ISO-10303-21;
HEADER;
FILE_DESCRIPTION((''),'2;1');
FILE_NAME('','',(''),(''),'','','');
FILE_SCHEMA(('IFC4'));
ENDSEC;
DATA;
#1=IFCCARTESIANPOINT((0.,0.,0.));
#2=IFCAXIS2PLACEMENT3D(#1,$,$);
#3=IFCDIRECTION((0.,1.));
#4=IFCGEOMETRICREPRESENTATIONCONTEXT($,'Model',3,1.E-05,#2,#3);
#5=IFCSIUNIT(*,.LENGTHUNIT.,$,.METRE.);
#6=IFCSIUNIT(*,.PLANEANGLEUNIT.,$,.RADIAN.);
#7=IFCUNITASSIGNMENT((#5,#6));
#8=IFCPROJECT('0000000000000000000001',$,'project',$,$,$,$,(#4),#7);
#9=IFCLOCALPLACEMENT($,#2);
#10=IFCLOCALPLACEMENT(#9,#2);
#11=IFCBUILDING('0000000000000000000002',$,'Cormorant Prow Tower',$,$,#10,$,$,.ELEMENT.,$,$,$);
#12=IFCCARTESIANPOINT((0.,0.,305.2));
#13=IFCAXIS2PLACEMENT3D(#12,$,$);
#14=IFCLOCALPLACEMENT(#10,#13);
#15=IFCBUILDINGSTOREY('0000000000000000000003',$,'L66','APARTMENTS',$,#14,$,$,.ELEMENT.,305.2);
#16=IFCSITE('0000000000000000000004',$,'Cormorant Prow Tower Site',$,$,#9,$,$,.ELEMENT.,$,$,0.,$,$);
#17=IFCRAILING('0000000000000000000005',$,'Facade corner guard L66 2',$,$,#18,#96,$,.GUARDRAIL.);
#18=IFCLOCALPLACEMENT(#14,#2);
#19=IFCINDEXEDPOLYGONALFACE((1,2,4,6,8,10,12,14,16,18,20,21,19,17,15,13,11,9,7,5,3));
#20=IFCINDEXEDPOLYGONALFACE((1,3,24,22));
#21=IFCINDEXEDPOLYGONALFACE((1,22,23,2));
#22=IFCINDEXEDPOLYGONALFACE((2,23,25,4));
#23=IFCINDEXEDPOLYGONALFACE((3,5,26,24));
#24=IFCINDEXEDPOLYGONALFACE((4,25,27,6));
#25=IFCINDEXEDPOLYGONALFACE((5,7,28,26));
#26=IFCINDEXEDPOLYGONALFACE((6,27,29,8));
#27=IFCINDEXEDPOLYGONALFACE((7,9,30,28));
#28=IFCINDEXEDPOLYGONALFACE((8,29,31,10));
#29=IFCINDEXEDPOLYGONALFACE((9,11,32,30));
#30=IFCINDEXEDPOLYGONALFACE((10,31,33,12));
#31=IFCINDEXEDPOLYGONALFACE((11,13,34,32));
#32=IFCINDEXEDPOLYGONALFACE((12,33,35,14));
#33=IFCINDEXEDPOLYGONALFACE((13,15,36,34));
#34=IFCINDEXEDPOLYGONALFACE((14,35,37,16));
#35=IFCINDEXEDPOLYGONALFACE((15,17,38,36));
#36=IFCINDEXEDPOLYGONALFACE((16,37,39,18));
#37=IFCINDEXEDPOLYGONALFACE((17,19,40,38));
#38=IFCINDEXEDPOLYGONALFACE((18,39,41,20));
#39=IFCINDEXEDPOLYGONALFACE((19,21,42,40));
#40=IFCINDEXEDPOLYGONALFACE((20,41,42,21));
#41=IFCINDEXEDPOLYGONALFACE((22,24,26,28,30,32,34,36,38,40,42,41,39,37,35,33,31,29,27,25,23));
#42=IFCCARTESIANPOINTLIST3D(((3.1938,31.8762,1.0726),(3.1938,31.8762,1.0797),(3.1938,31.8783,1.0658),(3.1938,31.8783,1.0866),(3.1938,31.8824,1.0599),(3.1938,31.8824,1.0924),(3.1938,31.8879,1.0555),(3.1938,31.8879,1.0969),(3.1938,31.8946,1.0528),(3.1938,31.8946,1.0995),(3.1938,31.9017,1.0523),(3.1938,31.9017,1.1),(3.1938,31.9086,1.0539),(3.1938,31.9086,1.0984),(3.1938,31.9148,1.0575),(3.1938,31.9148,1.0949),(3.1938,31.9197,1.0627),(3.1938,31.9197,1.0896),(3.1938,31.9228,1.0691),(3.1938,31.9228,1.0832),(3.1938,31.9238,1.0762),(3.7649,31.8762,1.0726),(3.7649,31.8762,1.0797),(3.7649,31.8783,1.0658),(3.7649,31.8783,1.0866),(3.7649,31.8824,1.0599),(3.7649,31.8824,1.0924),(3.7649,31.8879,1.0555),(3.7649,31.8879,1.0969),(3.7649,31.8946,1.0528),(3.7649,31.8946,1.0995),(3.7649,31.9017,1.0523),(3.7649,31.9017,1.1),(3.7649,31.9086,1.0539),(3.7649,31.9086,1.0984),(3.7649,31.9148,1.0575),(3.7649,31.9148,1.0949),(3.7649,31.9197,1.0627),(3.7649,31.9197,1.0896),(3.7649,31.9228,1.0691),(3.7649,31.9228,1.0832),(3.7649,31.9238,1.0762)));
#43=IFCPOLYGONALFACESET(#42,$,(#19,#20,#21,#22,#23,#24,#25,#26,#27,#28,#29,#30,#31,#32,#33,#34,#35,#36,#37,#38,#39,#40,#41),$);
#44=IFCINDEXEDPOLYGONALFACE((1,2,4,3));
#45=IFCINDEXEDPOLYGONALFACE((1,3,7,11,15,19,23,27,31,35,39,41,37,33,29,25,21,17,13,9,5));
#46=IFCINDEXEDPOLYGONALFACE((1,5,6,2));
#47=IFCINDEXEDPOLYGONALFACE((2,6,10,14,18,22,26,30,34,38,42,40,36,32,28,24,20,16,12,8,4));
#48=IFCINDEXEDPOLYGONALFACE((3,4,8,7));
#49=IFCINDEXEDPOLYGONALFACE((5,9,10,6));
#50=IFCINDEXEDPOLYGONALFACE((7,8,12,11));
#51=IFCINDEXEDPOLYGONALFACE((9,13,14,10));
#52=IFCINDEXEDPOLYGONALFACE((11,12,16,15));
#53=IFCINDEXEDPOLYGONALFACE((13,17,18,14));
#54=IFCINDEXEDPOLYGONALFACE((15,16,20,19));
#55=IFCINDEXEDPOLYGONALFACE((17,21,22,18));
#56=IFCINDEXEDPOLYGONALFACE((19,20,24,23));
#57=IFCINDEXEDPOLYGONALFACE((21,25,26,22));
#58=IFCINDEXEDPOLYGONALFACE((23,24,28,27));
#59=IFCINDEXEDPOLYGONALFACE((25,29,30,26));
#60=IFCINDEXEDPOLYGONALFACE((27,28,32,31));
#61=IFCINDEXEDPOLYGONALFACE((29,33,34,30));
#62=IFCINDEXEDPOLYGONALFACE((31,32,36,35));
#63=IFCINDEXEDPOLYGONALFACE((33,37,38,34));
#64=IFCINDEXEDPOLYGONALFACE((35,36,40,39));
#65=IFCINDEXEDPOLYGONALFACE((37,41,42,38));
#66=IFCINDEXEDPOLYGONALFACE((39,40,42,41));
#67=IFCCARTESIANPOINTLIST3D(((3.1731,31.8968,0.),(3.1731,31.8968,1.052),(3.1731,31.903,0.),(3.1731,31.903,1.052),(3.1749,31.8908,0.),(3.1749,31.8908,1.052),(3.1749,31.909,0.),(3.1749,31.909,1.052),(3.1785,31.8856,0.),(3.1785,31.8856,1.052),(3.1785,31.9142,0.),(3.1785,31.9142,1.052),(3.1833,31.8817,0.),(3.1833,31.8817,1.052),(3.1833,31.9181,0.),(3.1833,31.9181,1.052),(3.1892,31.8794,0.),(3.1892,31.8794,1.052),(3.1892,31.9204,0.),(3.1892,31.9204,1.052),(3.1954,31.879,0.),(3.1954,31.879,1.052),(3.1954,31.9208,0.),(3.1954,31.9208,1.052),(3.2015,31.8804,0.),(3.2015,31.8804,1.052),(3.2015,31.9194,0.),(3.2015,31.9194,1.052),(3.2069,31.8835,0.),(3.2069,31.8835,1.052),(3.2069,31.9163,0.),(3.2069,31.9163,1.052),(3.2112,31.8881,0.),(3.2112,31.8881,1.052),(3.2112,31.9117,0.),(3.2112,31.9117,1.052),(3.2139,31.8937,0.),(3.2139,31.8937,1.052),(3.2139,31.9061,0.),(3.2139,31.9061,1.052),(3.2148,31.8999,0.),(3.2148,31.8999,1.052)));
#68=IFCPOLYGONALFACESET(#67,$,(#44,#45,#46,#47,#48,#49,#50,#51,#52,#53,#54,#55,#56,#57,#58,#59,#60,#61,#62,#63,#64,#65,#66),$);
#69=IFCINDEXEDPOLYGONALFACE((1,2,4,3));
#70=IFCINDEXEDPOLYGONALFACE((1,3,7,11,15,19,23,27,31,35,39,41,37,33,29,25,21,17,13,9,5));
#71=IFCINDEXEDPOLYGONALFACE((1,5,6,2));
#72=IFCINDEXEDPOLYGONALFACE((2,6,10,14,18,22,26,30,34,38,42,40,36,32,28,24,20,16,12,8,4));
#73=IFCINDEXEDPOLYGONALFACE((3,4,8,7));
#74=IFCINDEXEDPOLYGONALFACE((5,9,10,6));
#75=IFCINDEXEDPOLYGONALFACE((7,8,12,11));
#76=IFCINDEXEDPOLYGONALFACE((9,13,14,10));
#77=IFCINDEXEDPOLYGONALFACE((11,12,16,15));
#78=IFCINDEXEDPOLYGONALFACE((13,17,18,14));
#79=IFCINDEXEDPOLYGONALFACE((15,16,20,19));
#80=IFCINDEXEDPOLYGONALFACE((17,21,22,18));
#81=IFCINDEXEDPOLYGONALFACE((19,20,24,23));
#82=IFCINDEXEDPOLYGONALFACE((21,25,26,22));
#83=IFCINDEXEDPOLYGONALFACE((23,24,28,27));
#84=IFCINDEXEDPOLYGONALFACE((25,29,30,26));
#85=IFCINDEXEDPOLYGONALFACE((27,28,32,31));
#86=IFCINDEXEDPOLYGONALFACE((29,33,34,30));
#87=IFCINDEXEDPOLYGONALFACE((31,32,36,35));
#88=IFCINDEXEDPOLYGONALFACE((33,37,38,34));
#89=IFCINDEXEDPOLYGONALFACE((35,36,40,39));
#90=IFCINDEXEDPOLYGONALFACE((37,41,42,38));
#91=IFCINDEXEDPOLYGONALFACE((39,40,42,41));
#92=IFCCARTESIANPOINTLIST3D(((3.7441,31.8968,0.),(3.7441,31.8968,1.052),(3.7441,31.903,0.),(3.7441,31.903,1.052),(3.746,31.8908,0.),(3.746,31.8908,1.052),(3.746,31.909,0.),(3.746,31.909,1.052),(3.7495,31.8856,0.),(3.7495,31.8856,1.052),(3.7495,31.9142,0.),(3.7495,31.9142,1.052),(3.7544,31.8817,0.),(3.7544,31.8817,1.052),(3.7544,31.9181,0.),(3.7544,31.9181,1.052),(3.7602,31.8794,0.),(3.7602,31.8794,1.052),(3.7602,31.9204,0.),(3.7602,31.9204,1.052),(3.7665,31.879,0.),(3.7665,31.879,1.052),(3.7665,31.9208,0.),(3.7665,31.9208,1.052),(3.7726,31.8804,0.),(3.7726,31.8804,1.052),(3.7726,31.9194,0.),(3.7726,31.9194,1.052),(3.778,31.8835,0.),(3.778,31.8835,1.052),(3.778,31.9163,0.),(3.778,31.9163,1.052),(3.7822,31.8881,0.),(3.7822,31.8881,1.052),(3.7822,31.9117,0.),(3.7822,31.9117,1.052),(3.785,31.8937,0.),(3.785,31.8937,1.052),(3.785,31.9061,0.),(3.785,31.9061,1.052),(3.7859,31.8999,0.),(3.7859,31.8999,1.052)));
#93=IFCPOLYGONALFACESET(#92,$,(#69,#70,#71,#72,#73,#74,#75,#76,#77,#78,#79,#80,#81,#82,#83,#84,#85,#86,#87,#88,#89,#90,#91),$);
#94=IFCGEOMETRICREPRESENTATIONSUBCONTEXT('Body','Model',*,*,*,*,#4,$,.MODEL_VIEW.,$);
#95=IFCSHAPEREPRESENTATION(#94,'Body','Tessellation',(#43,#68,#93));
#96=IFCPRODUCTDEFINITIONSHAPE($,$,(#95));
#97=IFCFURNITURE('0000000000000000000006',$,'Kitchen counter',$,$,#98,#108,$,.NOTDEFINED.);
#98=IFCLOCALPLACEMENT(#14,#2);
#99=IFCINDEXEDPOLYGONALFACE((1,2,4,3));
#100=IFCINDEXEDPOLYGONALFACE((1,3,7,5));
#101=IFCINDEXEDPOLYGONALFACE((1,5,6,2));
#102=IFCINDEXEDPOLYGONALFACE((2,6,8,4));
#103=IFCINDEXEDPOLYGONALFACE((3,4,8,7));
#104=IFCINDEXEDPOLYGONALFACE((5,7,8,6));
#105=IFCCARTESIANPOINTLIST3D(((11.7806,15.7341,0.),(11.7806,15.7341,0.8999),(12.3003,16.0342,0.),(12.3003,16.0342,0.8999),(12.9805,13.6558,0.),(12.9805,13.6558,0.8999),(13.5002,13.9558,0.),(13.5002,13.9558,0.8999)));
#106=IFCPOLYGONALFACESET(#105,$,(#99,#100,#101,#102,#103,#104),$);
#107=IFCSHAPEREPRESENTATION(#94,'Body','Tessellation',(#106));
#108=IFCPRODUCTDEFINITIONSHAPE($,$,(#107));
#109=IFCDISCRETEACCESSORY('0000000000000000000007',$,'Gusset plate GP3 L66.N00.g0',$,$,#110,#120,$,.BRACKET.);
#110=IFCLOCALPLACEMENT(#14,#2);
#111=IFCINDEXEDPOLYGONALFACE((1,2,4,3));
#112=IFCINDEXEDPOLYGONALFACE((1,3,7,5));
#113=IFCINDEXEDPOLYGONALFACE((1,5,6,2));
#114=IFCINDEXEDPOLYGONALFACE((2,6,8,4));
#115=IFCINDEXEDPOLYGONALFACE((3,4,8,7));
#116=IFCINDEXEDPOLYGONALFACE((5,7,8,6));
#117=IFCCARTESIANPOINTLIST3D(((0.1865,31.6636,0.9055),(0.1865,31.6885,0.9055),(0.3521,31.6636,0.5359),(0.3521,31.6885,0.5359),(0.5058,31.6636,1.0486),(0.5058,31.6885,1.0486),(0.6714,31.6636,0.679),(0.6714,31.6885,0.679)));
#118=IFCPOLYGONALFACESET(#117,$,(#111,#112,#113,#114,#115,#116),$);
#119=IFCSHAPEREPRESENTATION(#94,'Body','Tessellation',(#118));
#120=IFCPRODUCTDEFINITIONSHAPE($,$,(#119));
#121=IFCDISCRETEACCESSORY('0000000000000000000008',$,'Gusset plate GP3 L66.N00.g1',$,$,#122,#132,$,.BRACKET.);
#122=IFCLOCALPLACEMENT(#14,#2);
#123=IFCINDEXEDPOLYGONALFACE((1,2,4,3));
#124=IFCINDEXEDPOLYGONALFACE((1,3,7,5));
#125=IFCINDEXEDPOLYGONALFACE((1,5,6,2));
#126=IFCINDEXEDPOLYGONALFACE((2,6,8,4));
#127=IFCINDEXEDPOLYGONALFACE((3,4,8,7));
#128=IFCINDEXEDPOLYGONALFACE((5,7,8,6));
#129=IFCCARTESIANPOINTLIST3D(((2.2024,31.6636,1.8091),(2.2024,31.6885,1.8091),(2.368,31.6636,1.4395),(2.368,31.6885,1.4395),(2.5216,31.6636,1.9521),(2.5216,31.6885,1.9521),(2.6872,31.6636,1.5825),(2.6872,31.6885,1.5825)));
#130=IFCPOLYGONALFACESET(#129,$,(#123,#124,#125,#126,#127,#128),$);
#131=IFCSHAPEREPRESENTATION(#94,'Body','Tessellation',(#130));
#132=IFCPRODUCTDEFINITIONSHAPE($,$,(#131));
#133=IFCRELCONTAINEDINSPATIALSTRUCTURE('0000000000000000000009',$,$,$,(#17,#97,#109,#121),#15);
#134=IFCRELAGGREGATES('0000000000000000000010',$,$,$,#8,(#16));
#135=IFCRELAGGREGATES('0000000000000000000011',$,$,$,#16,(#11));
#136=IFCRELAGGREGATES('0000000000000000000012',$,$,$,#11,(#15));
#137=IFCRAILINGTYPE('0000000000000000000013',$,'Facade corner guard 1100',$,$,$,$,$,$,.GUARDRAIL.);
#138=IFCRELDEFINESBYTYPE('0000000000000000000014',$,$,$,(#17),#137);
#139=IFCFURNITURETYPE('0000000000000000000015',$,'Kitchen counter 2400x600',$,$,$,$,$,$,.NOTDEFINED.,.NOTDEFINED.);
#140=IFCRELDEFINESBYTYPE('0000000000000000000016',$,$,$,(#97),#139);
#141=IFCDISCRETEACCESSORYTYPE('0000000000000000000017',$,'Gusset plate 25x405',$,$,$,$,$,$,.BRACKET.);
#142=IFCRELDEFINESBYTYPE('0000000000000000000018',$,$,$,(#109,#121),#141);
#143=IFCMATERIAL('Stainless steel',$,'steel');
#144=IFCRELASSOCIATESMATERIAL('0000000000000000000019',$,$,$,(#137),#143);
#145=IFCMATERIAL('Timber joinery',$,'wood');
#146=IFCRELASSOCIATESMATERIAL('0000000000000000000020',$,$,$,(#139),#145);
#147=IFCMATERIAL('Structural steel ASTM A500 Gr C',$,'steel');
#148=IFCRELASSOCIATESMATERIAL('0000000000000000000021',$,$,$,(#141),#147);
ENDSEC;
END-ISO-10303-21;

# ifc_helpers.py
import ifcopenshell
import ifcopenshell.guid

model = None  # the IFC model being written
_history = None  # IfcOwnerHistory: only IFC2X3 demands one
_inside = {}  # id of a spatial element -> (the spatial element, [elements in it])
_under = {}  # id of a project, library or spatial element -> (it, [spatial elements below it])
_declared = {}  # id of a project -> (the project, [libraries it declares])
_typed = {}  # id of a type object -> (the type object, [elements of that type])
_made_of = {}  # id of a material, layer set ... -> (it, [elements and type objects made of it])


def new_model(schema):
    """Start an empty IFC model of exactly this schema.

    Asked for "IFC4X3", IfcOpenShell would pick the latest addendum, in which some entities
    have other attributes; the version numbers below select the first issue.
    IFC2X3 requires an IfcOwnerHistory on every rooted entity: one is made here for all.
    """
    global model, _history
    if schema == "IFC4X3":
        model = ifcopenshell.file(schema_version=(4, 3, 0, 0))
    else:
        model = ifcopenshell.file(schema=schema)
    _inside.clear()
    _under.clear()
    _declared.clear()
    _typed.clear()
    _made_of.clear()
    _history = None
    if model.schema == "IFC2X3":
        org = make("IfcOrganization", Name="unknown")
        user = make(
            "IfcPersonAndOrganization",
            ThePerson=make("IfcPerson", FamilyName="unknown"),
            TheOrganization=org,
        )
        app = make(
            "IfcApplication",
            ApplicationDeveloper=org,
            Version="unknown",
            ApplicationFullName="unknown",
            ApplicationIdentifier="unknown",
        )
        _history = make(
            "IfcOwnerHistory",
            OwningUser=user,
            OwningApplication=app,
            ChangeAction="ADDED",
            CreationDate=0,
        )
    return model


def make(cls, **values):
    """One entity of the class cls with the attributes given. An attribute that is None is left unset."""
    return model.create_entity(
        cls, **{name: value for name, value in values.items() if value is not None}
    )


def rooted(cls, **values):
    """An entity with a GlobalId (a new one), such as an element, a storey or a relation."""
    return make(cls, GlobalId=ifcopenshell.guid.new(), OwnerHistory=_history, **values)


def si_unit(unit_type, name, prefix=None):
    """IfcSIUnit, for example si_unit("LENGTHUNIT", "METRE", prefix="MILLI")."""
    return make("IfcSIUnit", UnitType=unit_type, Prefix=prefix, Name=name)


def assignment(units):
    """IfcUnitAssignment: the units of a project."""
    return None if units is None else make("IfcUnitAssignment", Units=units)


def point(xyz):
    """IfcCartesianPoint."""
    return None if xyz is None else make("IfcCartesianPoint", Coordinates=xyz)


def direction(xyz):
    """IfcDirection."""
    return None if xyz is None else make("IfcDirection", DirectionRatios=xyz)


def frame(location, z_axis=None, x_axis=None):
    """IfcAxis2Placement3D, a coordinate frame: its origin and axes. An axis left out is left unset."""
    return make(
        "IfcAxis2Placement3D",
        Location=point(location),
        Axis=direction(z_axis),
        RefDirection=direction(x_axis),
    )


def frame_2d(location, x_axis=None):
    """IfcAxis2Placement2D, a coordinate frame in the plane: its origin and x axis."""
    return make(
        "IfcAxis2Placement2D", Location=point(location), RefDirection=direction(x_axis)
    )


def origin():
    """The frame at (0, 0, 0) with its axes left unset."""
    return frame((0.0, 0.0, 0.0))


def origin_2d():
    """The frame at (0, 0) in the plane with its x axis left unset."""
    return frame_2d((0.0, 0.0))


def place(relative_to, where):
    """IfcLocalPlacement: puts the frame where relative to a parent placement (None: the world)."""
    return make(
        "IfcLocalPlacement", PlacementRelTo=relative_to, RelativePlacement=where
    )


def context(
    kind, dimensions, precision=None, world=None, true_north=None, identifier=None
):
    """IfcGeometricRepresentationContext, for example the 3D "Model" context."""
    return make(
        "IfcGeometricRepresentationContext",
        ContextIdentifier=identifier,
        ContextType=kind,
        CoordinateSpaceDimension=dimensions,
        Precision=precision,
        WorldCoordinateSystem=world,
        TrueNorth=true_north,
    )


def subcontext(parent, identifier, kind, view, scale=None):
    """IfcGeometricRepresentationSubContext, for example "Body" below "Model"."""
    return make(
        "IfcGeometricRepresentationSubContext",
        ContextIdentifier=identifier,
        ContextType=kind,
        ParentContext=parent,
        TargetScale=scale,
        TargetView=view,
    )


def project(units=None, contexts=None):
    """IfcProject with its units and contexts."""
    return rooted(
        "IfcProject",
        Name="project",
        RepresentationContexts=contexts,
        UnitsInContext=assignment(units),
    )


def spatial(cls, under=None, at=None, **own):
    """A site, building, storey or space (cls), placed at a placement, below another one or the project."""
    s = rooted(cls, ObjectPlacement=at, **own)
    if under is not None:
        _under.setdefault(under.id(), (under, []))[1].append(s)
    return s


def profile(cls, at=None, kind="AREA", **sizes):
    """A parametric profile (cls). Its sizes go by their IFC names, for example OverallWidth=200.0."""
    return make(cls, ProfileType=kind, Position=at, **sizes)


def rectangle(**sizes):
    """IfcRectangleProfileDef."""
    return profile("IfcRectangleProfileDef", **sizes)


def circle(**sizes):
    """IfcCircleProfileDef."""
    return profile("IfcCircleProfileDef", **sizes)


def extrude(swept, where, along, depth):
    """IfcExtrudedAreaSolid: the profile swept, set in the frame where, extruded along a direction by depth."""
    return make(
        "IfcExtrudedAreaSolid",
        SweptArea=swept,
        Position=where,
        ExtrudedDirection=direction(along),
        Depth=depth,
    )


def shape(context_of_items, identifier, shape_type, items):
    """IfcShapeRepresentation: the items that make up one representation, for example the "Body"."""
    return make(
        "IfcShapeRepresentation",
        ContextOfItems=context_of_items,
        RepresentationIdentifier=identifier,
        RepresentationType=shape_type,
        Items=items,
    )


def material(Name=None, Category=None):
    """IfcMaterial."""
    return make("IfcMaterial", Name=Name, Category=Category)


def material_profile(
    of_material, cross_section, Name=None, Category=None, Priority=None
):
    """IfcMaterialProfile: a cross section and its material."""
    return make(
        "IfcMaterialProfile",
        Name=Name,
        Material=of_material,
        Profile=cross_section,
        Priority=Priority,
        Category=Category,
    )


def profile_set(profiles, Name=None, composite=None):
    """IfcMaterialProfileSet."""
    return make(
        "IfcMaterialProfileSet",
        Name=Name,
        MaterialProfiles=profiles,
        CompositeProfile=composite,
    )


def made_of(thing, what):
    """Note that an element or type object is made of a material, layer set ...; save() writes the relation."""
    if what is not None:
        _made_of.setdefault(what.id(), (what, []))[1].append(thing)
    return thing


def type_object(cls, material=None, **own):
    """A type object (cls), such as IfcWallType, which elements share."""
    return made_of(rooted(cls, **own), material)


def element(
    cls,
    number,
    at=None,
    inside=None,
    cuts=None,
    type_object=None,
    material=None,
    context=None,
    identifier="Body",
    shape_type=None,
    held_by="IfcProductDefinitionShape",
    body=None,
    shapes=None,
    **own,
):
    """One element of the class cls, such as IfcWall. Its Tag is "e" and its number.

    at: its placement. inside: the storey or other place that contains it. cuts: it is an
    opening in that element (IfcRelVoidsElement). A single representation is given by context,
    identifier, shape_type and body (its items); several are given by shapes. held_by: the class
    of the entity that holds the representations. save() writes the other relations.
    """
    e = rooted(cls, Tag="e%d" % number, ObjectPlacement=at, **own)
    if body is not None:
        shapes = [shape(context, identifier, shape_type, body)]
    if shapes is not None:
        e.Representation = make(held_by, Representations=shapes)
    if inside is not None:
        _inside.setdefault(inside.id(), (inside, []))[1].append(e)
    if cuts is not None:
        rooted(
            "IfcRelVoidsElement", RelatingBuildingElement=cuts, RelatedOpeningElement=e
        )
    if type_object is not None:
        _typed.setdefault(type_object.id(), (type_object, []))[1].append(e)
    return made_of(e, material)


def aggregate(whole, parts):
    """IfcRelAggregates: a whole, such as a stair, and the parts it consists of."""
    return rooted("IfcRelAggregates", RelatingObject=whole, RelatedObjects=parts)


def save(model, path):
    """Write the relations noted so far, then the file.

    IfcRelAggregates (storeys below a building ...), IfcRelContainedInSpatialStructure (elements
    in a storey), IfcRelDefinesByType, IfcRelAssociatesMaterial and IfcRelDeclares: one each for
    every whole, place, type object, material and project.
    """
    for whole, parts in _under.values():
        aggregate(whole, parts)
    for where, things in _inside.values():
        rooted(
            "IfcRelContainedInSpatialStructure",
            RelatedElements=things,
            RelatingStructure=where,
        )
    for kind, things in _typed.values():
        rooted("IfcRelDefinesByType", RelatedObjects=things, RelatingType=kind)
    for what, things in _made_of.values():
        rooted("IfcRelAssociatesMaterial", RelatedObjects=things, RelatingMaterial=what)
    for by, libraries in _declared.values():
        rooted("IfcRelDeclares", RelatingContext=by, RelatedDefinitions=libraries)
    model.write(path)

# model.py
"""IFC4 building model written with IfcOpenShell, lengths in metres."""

from ifc_helpers import new_model, si_unit, direction, frame, origin, origin_2d, place, context, subcontext, project, spatial, rectangle, circle, extrude, material, material_profile, profile_set, type_object, element, save


model = new_model("IFC4")

# Units and contexts
model_context = context("Model", 3, precision=1e-05, world=origin(), true_north=direction((0.0, 1.0)))
body_context = subcontext(model_context, "Body", "Model", "MODEL_VIEW")
ifc_project = project(units=[si_unit("LENGTHUNIT", "METRE"), si_unit("PLANEANGLEUNIT", "RADIAN")], contexts=[model_context])

# Site, building, storey
site_placement = place(None, origin())
site = spatial("IfcSite", under=ifc_project, at=site_placement, Name="Cormorant Prow Tower Site", CompositionType="ELEMENT", RefElevation=0.0)
building_placement = place(site_placement, origin())
building = spatial("IfcBuilding", under=site, at=building_placement, Name="Cormorant Prow Tower", CompositionType="ELEMENT")
storey_placement = place(building_placement, frame((0.0, 0.0, 305.2)))
storey = spatial("IfcBuildingStorey", under=building, at=storey_placement, Name="L66", Description="APARTMENTS", CompositionType="ELEMENT", Elevation=305.2)

# Railing
ifc_material_1 = material(Name="Stainless steel", Category="steel")
railing_type = type_object("IfcRailingType", Name="Facade corner guard 1100", PredefinedType="GUARDRAIL", material=ifc_material_1)
railing_placement = place(storey_placement, frame((3.1938, 31.8999, 0.0)))
element("IfcRailing", 1, at=railing_placement, inside=storey, type_object=railing_type, Name="Facade corner guard L66 2", PredefinedType="GUARDRAIL", context=body_context, shape_type="SweptSolid", body=[
    extrude(circle(Radius=0.0239, at=origin_2d()), frame((0.0, 0.0, 1.0762), z_axis=(1.0, 0.0, 0.0), x_axis=(0.0, 1.0, 0.0)), (0.0, 0.0, 1.0), 0.571),
    extrude(circle(Radius=0.021, at=origin_2d()), origin(), (0.0, 0.0, 1.0), 1.052),
    extrude(circle(Radius=0.021, at=origin_2d()), frame((0.571, 0.0, 0.0)), (0.0, 0.0, 1.0), 1.052),
])

# Furniture
ifc_material_2 = material(Name="Timber joinery", Category="wood")
furniture_type = type_object("IfcFurnitureType", Name="Kitchen counter 2400x600", AssemblyPlace="NOTDEFINED", PredefinedType="NOTDEFINED", material=ifc_material_2)
furniture_placement = place(storey_placement, frame((12.6404, 14.845, 0.0), z_axis=(0.0, 0.0, 1.0), x_axis=(-0.5, 0.866025, 0.0)))
element("IfcFurniture", 2, at=furniture_placement, inside=storey, type_object=furniture_type, Name="Kitchen counter", PredefinedType="NOTDEFINED", context=body_context, shape_type="SweptSolid", body=[
    extrude(rectangle(XDim=2.3999, YDim=0.6001, at=origin_2d()), origin(), (0.0, 0.0, 1.0), 0.8999),
])

# Discrete accessories
ifc_material_3 = material(Name="Structural steel ASTM A500 Gr C", Category="steel")
ifc_material_profile_1 = material_profile(ifc_material_3, rectangle(XDim=0.0249, YDim=0.405, at=origin_2d()), Name="Gusset plate 25x405")
ifc_profile_set_1 = profile_set([ifc_material_profile_1], Name="Structural steel ASTM A500 Gr C")
discrete_accessory_type = type_object("IfcDiscreteAccessoryType", Name="Gusset plate 25x405", PredefinedType="BRACKET", material=ifc_profile_set_1)
for number, where, z_axis, x_axis, name in (
    (3, (0.5886, 31.676, 0.8638), (-0.912599, 0.0, -0.408856), (0.0, -1.0, 0.0), "Gusset plate GP3 L66.N00.g0"),
    (4, (2.2852, 31.676, 1.6243), (0.912599, 0.0, 0.408856), (0.0, 1.0, 0.0), "Gusset plate GP3 L66.N00.g1"),
):
    element("IfcDiscreteAccessory", number, at=place(storey_placement, frame(where, z_axis=z_axis, x_axis=x_axis)), inside=storey, type_object=discrete_accessory_type, Name=name, PredefinedType="BRACKET", context=body_context, shape_type="SweptSolid", body=[
        extrude(rectangle(XDim=0.0249, YDim=0.405, at=origin_2d()), origin(), (0.0, 0.0, 1.0), 0.3499),
    ])

save(model, "model.ifc")
